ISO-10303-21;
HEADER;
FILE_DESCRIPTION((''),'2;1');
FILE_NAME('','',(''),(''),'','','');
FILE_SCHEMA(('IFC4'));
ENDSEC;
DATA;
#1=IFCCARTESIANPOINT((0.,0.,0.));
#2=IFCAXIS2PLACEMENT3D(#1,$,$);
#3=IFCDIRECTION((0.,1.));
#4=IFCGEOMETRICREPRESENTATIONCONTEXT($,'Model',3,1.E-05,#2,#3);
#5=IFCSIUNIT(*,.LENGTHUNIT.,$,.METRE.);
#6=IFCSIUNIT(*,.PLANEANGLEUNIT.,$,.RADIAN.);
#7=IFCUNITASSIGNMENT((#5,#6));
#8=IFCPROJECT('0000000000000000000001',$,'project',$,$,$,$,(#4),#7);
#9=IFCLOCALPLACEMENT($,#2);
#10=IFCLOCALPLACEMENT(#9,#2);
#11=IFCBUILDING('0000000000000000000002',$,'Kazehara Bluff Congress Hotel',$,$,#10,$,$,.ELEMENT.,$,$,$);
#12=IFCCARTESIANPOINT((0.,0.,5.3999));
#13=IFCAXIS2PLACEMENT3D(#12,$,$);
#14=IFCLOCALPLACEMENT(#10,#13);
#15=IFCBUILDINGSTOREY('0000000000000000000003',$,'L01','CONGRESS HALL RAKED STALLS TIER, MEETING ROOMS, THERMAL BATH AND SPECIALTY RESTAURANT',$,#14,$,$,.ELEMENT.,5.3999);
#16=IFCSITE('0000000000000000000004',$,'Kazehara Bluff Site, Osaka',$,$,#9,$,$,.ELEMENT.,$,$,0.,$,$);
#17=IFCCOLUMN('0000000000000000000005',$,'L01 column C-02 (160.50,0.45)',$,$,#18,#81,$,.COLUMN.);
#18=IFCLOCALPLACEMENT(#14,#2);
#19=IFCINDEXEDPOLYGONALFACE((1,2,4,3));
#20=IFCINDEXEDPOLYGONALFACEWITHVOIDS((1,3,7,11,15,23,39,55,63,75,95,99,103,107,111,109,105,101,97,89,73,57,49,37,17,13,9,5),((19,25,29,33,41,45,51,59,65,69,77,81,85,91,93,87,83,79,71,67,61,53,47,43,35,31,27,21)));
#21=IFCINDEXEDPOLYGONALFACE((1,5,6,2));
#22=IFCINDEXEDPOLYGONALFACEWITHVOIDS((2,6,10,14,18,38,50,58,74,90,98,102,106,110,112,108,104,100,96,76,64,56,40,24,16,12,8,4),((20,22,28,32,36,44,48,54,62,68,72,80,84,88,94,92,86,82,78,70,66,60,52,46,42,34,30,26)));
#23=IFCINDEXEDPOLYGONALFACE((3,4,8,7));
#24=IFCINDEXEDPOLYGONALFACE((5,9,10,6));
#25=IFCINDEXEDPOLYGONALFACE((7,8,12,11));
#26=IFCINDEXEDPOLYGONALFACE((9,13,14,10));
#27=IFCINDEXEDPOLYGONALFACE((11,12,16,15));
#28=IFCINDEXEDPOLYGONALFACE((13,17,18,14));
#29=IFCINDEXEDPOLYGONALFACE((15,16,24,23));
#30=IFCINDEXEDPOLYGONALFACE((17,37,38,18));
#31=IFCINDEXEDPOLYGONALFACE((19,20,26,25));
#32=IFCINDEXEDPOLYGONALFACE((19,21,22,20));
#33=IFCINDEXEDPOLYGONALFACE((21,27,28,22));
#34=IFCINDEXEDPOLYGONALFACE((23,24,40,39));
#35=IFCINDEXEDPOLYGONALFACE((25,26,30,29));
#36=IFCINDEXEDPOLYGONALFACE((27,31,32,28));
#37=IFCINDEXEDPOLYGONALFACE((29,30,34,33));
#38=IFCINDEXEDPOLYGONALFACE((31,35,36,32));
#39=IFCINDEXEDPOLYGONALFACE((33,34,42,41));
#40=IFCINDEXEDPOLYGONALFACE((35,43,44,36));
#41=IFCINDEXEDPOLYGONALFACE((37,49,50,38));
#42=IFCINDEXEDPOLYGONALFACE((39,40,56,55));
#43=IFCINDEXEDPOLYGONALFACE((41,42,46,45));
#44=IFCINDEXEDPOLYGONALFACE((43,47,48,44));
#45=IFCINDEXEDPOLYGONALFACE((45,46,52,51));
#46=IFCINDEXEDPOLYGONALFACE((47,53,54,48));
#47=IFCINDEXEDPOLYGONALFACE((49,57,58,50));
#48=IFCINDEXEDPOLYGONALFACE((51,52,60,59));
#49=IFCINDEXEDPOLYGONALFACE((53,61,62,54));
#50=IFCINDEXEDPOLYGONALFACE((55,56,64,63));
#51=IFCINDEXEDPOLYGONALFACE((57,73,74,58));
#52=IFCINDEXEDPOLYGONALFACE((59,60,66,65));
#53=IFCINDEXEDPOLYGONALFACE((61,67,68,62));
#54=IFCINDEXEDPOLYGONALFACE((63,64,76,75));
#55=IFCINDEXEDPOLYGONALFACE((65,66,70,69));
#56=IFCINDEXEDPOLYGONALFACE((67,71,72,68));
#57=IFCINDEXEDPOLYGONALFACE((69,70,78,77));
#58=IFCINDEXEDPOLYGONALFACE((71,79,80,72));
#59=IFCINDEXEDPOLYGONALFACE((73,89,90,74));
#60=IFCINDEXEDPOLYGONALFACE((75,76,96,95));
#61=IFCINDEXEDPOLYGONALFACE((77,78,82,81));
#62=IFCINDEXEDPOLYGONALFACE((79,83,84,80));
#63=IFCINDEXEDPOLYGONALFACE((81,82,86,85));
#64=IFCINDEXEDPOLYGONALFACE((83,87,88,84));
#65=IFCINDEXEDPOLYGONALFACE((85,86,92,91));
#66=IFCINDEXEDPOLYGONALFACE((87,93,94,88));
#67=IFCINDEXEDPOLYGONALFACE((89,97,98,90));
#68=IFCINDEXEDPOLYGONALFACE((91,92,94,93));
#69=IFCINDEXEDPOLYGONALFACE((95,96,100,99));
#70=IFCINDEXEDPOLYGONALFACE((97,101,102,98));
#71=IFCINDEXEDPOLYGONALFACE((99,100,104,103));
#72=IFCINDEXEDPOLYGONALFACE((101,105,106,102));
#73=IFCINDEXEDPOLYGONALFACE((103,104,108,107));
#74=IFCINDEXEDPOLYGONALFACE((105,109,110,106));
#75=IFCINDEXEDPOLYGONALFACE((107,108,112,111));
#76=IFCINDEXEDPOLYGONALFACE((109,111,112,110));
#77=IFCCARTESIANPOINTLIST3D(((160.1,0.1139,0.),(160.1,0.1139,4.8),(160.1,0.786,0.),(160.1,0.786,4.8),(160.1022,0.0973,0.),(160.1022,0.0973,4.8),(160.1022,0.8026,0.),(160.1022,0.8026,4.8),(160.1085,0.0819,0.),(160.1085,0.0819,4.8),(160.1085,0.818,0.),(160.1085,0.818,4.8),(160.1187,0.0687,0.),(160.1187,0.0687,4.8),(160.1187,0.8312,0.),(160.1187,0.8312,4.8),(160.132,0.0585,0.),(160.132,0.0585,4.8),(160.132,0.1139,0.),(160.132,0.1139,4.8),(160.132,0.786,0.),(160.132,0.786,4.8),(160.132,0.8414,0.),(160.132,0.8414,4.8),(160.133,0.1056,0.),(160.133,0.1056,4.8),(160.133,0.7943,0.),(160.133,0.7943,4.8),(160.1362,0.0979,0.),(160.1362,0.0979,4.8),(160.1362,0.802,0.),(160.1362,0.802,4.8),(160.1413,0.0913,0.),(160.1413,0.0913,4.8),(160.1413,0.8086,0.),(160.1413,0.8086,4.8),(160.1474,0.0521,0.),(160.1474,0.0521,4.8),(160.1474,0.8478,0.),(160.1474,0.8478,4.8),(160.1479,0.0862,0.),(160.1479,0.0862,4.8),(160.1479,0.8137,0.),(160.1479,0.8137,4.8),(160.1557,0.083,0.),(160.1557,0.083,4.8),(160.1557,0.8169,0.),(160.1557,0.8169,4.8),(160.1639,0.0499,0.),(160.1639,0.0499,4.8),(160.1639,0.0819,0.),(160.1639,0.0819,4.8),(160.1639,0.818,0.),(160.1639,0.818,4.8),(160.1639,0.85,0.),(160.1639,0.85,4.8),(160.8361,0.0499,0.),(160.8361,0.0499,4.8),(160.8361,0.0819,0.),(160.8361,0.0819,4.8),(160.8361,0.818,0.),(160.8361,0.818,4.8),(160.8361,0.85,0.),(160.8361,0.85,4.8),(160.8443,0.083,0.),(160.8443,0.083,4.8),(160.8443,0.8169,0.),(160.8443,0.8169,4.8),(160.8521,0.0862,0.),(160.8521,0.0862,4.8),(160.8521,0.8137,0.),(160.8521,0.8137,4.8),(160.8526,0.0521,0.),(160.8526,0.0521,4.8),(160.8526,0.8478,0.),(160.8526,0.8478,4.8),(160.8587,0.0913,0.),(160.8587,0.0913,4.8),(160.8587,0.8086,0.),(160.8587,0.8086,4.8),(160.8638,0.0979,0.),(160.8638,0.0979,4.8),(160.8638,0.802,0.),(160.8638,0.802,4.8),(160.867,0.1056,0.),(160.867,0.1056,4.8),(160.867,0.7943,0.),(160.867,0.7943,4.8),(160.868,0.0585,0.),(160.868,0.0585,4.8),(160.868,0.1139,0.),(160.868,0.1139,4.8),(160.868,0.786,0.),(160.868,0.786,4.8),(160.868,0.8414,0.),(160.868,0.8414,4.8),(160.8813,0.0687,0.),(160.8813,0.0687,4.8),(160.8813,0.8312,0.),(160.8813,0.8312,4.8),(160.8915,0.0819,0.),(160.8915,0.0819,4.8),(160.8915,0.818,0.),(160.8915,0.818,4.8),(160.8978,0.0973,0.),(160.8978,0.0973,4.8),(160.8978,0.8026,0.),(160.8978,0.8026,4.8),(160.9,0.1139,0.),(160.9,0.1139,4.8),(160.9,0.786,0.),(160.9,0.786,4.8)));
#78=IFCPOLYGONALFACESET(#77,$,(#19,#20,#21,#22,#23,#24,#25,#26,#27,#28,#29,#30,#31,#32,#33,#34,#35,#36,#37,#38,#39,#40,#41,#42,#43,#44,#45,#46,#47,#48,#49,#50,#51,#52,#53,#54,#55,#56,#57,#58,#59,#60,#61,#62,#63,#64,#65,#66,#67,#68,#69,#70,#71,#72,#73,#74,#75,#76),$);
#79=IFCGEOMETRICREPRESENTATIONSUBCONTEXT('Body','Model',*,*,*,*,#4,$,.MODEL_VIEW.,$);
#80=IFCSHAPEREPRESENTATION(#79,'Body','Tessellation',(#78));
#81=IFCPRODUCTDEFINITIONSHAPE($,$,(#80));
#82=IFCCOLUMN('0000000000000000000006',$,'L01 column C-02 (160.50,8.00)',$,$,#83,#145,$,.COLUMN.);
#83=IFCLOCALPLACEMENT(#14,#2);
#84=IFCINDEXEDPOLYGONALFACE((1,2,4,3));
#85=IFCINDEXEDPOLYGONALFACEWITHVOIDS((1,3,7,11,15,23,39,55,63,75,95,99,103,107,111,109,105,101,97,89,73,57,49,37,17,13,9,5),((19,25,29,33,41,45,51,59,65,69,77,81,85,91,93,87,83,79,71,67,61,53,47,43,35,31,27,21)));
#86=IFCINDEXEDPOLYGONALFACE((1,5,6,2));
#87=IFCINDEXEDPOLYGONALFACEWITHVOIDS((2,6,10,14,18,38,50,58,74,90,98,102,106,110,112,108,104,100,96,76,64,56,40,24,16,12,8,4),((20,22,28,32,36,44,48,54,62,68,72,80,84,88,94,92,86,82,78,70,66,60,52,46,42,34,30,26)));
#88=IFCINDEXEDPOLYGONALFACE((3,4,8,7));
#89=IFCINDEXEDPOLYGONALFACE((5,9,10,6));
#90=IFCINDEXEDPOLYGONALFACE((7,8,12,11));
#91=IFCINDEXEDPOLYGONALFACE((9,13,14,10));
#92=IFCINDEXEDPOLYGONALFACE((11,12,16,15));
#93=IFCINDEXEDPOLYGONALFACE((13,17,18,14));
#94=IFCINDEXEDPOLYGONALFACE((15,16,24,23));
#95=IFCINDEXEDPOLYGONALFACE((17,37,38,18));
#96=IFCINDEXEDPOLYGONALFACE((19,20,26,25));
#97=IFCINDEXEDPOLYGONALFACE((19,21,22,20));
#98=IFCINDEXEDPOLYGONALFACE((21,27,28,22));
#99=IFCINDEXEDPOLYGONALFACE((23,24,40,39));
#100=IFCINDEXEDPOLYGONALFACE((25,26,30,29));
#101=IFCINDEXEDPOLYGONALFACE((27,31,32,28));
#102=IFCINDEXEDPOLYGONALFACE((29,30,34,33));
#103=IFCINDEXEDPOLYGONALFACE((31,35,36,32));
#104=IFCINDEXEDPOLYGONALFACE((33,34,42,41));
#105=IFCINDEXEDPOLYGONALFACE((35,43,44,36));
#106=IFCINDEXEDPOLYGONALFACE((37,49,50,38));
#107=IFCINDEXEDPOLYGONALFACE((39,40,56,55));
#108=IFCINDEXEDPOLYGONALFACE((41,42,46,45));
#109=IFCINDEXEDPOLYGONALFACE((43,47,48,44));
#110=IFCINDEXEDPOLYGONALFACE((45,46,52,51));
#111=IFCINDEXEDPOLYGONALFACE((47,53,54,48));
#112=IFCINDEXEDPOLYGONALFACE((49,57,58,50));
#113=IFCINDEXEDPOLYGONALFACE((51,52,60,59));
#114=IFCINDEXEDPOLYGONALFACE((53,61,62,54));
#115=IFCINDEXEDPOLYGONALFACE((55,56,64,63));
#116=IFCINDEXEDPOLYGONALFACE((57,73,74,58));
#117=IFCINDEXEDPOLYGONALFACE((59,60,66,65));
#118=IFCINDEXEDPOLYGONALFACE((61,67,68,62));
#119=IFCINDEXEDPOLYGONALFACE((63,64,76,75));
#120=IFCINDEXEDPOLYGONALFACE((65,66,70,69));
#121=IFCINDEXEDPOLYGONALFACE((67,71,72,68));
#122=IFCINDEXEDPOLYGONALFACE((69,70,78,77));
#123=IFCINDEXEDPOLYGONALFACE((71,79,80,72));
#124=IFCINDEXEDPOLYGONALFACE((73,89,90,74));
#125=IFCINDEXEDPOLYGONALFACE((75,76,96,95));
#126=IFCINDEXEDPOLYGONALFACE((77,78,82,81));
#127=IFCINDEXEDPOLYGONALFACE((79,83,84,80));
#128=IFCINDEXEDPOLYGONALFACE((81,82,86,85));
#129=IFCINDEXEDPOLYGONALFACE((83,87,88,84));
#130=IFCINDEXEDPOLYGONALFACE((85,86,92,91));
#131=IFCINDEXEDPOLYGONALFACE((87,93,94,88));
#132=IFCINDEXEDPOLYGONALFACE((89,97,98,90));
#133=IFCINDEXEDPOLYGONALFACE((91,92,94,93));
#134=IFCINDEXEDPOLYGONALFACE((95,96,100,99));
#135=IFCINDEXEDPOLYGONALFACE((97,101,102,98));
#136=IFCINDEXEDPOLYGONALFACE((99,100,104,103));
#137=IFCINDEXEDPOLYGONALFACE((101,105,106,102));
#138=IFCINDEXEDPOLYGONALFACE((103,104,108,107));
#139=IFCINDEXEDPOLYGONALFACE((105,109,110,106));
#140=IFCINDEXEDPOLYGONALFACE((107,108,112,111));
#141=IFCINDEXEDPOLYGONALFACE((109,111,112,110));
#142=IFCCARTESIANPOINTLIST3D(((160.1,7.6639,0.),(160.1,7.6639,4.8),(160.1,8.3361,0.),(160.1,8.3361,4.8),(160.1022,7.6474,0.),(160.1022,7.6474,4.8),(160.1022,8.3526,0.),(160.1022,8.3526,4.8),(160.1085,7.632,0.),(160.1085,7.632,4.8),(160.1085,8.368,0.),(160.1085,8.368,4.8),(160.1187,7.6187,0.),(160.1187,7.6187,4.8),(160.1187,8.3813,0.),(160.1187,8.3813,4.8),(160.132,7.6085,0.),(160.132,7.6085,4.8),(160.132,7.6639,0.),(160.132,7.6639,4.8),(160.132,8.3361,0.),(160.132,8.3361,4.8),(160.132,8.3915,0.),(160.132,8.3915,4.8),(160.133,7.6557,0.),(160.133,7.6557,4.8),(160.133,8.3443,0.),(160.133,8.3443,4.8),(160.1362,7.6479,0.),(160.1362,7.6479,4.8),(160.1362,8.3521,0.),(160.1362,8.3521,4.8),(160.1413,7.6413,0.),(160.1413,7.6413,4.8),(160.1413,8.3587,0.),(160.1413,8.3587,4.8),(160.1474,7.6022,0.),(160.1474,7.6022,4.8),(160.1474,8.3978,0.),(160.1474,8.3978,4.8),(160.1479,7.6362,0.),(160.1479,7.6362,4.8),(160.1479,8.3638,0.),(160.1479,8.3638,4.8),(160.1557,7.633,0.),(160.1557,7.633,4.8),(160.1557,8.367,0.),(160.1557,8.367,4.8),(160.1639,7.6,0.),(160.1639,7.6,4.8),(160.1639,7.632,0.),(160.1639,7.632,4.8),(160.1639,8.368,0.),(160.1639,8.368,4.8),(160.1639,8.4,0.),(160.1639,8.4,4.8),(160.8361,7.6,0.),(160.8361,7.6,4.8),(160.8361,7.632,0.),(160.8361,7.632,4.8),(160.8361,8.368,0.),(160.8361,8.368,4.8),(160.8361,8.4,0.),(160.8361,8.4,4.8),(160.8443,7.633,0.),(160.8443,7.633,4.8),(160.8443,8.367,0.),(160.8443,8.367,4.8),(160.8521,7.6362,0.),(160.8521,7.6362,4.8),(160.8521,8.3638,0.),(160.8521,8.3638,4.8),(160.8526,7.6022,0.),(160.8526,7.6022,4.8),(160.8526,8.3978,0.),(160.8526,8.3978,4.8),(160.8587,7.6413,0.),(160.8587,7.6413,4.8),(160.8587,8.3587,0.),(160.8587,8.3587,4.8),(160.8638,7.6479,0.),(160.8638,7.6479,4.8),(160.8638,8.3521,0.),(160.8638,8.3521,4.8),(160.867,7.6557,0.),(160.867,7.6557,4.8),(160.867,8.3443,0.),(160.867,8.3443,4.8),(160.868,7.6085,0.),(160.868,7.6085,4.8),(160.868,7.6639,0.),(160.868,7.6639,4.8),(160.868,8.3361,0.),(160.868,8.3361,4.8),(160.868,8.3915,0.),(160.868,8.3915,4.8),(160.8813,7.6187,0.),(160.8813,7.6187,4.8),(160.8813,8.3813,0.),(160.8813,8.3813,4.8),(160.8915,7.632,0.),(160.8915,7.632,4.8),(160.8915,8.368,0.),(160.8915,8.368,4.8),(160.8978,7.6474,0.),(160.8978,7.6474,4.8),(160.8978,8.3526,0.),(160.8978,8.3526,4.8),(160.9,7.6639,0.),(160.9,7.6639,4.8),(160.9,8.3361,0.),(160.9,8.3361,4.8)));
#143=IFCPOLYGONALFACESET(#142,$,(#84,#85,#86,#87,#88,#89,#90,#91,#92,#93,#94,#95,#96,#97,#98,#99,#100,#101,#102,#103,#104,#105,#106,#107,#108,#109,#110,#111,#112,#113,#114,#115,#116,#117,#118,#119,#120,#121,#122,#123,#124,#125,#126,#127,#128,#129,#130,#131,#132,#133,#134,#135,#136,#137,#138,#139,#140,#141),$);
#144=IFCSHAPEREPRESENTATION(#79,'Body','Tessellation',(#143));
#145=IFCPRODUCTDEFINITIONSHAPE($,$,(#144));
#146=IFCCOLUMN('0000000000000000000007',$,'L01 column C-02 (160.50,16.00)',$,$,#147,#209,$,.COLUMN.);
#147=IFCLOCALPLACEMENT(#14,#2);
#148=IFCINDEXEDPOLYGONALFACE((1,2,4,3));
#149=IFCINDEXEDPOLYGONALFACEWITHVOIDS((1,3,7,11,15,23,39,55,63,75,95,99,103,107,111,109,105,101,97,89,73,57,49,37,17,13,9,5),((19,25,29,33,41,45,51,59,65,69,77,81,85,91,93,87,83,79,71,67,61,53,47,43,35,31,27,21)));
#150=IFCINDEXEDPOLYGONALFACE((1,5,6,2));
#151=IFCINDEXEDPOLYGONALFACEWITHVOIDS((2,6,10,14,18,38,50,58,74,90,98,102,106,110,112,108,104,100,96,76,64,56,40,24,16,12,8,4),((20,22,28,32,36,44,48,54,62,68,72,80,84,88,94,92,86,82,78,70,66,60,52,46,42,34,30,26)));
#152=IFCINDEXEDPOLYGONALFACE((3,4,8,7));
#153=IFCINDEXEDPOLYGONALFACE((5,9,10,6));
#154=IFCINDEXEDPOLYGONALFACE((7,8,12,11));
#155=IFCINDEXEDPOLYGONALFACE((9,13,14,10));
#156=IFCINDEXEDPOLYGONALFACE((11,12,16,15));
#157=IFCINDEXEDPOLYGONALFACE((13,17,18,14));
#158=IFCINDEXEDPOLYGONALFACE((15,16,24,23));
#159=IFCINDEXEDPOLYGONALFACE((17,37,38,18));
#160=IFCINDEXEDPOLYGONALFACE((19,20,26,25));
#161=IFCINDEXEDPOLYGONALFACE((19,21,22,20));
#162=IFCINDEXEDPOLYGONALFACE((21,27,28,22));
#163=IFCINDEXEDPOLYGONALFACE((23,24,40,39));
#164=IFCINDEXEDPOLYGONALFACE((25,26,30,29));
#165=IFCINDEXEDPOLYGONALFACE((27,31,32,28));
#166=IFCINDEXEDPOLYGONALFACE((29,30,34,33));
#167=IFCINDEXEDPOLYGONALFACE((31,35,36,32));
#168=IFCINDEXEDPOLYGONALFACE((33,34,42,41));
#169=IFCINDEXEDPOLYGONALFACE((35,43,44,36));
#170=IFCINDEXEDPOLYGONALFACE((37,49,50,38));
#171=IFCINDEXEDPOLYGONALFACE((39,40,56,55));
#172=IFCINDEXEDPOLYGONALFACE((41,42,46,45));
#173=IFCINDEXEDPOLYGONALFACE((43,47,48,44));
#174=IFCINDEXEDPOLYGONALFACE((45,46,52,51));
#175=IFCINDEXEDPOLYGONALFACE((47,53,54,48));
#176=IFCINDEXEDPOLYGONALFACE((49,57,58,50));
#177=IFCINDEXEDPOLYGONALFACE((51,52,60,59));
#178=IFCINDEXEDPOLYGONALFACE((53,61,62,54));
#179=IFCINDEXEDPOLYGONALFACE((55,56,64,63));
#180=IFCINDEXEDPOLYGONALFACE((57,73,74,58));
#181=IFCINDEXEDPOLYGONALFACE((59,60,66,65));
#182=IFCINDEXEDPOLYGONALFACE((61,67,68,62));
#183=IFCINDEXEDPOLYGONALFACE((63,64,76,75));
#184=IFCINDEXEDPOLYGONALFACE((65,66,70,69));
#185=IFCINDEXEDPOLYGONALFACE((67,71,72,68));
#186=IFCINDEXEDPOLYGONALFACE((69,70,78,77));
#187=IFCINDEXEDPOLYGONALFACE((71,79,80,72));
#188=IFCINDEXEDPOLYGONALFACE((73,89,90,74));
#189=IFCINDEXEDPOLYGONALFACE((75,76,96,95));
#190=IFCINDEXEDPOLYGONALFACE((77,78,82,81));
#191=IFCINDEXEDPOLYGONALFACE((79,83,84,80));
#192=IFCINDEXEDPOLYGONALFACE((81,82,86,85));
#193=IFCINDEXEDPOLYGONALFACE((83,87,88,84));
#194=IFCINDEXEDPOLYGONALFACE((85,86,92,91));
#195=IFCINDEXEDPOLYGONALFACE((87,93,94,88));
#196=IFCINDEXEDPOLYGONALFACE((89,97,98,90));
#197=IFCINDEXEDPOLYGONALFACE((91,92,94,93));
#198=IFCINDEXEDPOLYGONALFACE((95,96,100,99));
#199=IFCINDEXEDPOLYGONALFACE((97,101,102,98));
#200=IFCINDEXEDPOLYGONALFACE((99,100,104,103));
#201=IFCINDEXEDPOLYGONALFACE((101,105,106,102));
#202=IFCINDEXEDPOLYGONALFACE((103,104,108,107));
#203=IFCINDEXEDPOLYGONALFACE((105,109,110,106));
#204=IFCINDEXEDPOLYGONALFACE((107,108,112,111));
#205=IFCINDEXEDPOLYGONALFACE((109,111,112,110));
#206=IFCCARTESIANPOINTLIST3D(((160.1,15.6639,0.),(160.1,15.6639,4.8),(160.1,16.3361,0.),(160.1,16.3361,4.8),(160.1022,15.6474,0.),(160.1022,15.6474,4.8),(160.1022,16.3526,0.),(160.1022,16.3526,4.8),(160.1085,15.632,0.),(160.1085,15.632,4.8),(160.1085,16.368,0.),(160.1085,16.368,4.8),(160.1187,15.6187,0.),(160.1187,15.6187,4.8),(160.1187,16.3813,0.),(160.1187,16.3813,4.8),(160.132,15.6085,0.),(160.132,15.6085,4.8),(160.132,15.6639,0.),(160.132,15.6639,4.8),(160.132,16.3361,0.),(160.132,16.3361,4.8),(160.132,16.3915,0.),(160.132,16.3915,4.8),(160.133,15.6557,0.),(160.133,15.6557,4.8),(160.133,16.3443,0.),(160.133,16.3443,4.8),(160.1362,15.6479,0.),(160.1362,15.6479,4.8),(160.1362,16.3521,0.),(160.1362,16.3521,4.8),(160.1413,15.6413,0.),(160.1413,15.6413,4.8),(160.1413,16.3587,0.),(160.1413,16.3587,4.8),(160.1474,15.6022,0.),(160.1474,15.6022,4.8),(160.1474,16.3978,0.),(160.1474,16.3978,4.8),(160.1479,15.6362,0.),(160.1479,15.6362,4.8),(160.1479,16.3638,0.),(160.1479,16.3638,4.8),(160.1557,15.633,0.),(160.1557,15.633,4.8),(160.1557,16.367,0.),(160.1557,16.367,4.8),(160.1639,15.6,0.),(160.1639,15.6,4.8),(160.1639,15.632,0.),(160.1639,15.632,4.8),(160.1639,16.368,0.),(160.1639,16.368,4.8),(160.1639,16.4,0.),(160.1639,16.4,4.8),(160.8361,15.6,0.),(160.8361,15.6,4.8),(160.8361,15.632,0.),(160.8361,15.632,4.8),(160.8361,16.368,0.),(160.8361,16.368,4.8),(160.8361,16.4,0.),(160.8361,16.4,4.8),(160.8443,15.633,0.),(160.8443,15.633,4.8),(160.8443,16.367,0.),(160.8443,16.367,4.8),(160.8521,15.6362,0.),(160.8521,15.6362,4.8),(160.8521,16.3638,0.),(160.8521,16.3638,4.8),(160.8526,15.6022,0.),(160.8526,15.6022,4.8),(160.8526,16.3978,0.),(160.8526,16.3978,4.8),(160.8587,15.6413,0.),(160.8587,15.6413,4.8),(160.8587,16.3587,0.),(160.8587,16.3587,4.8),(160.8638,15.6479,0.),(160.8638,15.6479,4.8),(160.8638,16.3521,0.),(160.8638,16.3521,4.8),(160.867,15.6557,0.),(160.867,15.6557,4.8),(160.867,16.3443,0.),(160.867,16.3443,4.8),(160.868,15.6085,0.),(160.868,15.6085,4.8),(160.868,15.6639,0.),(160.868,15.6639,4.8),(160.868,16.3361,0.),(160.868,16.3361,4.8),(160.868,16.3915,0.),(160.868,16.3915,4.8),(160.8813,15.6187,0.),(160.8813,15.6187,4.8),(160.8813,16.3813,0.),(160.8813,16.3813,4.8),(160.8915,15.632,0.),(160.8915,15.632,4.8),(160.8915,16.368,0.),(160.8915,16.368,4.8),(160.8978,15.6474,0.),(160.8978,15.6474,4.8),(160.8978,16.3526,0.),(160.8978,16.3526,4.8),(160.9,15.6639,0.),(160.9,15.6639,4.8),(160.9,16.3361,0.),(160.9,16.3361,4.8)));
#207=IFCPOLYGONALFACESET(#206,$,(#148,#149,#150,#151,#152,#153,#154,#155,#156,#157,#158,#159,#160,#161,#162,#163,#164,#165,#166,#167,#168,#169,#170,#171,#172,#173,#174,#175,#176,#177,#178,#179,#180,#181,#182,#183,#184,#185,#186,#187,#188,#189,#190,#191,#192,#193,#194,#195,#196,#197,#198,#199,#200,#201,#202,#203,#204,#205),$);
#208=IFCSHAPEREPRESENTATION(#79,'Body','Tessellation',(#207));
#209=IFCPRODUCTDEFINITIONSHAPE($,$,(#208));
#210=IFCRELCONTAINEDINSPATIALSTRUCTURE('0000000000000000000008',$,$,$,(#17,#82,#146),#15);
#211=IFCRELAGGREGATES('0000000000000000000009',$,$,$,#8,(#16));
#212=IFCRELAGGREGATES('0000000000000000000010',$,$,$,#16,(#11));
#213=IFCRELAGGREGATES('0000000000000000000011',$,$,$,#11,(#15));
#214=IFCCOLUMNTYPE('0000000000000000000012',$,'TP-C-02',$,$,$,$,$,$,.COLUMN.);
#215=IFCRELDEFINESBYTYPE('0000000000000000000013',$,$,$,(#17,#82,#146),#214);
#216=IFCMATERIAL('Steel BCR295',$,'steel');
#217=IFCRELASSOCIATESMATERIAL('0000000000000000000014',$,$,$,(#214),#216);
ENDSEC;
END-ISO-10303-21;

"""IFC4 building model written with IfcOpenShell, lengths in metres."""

from ifc_helpers import new_model, si_unit, direction, frame, origin, origin_2d, place, context, subcontext, project, spatial, hollow_rectangle, extrude, material, material_profile, profile_set, type_object, element, save


model = new_model("IFC4")

# Units and contexts
model_context = context("Model", 3, precision=1e-05, world=origin(), true_north=direction((0.0, 1.0)))
body_context = subcontext(model_context, "Body", "Model", "MODEL_VIEW")
ifc_project = project(units=[si_unit("LENGTHUNIT", "METRE"), si_unit("PLANEANGLEUNIT", "RADIAN")], contexts=[model_context])

# Site, building, storey
site_placement = place(None, origin())
site = spatial("IfcSite", under=ifc_project, at=site_placement, Name="Kazehara Bluff Site, Osaka", CompositionType="ELEMENT", RefElevation=0.0)
building_placement = place(site_placement, origin())
building = spatial("IfcBuilding", under=site, at=building_placement, Name="Kazehara Bluff Congress Hotel", CompositionType="ELEMENT")
storey_placement = place(building_placement, frame((0.0, 0.0, 5.3999)))
storey = spatial("IfcBuildingStorey", under=building, at=storey_placement, Name="L01", Description="CONGRESS HALL RAKED STALLS TIER, MEETING ROOMS, THERMAL BATH AND SPECIALTY RESTAURANT", CompositionType="ELEMENT", Elevation=5.3999)

# Columns
ifc_material_1 = material(Name="Steel BCR295", Category="steel")
ifc_material_profile_1 = material_profile(ifc_material_1, hollow_rectangle(XDim=0.8, YDim=0.8, WallThickness=0.032, InnerFilletRadius=0.032, OuterFilletRadius=0.064, at=origin_2d()))
ifc_profile_set_1 = profile_set([ifc_material_profile_1], Name="Steel BCR295")
column_type_1 = type_object("IfcColumnType", Name="TP-C-02", PredefinedType="COLUMN", material=ifc_profile_set_1)
for number, where, z_axis, x_axis, name in (
    (1, (160.5, 0.45, 0.0), (0.0, 0.0, 1.0), (1.0, 0.0, 0.0), "L01 column C-02 (160.50,0.45)"),
    (2, (160.5, 8.0, 0.0), (0.0, 0.0, 1.0), (1.0, 0.0, 0.0), "L01 column C-02 (160.50,8.00)"),
    (3, (160.5, 16.0, 0.0), (0.0, 0.0, 1.0), (1.0, 0.0, 0.0), "L01 column C-02 (160.50,16.00)"),
):
    element("IfcColumn", number, at=place(storey_placement, frame(where, z_axis=z_axis, x_axis=x_axis)), inside=storey, type_object=column_type_1, Name=name, PredefinedType="COLUMN", context=body_context, shape_type="SweptSolid", body=[
        extrude(hollow_rectangle(XDim=0.8, YDim=0.8, WallThickness=0.032, InnerFilletRadius=0.032, OuterFilletRadius=0.064, at=origin_2d()), origin(), (0.0, 0.0, 1.0), 4.8),
    ])

save(model, "model.ifc")
